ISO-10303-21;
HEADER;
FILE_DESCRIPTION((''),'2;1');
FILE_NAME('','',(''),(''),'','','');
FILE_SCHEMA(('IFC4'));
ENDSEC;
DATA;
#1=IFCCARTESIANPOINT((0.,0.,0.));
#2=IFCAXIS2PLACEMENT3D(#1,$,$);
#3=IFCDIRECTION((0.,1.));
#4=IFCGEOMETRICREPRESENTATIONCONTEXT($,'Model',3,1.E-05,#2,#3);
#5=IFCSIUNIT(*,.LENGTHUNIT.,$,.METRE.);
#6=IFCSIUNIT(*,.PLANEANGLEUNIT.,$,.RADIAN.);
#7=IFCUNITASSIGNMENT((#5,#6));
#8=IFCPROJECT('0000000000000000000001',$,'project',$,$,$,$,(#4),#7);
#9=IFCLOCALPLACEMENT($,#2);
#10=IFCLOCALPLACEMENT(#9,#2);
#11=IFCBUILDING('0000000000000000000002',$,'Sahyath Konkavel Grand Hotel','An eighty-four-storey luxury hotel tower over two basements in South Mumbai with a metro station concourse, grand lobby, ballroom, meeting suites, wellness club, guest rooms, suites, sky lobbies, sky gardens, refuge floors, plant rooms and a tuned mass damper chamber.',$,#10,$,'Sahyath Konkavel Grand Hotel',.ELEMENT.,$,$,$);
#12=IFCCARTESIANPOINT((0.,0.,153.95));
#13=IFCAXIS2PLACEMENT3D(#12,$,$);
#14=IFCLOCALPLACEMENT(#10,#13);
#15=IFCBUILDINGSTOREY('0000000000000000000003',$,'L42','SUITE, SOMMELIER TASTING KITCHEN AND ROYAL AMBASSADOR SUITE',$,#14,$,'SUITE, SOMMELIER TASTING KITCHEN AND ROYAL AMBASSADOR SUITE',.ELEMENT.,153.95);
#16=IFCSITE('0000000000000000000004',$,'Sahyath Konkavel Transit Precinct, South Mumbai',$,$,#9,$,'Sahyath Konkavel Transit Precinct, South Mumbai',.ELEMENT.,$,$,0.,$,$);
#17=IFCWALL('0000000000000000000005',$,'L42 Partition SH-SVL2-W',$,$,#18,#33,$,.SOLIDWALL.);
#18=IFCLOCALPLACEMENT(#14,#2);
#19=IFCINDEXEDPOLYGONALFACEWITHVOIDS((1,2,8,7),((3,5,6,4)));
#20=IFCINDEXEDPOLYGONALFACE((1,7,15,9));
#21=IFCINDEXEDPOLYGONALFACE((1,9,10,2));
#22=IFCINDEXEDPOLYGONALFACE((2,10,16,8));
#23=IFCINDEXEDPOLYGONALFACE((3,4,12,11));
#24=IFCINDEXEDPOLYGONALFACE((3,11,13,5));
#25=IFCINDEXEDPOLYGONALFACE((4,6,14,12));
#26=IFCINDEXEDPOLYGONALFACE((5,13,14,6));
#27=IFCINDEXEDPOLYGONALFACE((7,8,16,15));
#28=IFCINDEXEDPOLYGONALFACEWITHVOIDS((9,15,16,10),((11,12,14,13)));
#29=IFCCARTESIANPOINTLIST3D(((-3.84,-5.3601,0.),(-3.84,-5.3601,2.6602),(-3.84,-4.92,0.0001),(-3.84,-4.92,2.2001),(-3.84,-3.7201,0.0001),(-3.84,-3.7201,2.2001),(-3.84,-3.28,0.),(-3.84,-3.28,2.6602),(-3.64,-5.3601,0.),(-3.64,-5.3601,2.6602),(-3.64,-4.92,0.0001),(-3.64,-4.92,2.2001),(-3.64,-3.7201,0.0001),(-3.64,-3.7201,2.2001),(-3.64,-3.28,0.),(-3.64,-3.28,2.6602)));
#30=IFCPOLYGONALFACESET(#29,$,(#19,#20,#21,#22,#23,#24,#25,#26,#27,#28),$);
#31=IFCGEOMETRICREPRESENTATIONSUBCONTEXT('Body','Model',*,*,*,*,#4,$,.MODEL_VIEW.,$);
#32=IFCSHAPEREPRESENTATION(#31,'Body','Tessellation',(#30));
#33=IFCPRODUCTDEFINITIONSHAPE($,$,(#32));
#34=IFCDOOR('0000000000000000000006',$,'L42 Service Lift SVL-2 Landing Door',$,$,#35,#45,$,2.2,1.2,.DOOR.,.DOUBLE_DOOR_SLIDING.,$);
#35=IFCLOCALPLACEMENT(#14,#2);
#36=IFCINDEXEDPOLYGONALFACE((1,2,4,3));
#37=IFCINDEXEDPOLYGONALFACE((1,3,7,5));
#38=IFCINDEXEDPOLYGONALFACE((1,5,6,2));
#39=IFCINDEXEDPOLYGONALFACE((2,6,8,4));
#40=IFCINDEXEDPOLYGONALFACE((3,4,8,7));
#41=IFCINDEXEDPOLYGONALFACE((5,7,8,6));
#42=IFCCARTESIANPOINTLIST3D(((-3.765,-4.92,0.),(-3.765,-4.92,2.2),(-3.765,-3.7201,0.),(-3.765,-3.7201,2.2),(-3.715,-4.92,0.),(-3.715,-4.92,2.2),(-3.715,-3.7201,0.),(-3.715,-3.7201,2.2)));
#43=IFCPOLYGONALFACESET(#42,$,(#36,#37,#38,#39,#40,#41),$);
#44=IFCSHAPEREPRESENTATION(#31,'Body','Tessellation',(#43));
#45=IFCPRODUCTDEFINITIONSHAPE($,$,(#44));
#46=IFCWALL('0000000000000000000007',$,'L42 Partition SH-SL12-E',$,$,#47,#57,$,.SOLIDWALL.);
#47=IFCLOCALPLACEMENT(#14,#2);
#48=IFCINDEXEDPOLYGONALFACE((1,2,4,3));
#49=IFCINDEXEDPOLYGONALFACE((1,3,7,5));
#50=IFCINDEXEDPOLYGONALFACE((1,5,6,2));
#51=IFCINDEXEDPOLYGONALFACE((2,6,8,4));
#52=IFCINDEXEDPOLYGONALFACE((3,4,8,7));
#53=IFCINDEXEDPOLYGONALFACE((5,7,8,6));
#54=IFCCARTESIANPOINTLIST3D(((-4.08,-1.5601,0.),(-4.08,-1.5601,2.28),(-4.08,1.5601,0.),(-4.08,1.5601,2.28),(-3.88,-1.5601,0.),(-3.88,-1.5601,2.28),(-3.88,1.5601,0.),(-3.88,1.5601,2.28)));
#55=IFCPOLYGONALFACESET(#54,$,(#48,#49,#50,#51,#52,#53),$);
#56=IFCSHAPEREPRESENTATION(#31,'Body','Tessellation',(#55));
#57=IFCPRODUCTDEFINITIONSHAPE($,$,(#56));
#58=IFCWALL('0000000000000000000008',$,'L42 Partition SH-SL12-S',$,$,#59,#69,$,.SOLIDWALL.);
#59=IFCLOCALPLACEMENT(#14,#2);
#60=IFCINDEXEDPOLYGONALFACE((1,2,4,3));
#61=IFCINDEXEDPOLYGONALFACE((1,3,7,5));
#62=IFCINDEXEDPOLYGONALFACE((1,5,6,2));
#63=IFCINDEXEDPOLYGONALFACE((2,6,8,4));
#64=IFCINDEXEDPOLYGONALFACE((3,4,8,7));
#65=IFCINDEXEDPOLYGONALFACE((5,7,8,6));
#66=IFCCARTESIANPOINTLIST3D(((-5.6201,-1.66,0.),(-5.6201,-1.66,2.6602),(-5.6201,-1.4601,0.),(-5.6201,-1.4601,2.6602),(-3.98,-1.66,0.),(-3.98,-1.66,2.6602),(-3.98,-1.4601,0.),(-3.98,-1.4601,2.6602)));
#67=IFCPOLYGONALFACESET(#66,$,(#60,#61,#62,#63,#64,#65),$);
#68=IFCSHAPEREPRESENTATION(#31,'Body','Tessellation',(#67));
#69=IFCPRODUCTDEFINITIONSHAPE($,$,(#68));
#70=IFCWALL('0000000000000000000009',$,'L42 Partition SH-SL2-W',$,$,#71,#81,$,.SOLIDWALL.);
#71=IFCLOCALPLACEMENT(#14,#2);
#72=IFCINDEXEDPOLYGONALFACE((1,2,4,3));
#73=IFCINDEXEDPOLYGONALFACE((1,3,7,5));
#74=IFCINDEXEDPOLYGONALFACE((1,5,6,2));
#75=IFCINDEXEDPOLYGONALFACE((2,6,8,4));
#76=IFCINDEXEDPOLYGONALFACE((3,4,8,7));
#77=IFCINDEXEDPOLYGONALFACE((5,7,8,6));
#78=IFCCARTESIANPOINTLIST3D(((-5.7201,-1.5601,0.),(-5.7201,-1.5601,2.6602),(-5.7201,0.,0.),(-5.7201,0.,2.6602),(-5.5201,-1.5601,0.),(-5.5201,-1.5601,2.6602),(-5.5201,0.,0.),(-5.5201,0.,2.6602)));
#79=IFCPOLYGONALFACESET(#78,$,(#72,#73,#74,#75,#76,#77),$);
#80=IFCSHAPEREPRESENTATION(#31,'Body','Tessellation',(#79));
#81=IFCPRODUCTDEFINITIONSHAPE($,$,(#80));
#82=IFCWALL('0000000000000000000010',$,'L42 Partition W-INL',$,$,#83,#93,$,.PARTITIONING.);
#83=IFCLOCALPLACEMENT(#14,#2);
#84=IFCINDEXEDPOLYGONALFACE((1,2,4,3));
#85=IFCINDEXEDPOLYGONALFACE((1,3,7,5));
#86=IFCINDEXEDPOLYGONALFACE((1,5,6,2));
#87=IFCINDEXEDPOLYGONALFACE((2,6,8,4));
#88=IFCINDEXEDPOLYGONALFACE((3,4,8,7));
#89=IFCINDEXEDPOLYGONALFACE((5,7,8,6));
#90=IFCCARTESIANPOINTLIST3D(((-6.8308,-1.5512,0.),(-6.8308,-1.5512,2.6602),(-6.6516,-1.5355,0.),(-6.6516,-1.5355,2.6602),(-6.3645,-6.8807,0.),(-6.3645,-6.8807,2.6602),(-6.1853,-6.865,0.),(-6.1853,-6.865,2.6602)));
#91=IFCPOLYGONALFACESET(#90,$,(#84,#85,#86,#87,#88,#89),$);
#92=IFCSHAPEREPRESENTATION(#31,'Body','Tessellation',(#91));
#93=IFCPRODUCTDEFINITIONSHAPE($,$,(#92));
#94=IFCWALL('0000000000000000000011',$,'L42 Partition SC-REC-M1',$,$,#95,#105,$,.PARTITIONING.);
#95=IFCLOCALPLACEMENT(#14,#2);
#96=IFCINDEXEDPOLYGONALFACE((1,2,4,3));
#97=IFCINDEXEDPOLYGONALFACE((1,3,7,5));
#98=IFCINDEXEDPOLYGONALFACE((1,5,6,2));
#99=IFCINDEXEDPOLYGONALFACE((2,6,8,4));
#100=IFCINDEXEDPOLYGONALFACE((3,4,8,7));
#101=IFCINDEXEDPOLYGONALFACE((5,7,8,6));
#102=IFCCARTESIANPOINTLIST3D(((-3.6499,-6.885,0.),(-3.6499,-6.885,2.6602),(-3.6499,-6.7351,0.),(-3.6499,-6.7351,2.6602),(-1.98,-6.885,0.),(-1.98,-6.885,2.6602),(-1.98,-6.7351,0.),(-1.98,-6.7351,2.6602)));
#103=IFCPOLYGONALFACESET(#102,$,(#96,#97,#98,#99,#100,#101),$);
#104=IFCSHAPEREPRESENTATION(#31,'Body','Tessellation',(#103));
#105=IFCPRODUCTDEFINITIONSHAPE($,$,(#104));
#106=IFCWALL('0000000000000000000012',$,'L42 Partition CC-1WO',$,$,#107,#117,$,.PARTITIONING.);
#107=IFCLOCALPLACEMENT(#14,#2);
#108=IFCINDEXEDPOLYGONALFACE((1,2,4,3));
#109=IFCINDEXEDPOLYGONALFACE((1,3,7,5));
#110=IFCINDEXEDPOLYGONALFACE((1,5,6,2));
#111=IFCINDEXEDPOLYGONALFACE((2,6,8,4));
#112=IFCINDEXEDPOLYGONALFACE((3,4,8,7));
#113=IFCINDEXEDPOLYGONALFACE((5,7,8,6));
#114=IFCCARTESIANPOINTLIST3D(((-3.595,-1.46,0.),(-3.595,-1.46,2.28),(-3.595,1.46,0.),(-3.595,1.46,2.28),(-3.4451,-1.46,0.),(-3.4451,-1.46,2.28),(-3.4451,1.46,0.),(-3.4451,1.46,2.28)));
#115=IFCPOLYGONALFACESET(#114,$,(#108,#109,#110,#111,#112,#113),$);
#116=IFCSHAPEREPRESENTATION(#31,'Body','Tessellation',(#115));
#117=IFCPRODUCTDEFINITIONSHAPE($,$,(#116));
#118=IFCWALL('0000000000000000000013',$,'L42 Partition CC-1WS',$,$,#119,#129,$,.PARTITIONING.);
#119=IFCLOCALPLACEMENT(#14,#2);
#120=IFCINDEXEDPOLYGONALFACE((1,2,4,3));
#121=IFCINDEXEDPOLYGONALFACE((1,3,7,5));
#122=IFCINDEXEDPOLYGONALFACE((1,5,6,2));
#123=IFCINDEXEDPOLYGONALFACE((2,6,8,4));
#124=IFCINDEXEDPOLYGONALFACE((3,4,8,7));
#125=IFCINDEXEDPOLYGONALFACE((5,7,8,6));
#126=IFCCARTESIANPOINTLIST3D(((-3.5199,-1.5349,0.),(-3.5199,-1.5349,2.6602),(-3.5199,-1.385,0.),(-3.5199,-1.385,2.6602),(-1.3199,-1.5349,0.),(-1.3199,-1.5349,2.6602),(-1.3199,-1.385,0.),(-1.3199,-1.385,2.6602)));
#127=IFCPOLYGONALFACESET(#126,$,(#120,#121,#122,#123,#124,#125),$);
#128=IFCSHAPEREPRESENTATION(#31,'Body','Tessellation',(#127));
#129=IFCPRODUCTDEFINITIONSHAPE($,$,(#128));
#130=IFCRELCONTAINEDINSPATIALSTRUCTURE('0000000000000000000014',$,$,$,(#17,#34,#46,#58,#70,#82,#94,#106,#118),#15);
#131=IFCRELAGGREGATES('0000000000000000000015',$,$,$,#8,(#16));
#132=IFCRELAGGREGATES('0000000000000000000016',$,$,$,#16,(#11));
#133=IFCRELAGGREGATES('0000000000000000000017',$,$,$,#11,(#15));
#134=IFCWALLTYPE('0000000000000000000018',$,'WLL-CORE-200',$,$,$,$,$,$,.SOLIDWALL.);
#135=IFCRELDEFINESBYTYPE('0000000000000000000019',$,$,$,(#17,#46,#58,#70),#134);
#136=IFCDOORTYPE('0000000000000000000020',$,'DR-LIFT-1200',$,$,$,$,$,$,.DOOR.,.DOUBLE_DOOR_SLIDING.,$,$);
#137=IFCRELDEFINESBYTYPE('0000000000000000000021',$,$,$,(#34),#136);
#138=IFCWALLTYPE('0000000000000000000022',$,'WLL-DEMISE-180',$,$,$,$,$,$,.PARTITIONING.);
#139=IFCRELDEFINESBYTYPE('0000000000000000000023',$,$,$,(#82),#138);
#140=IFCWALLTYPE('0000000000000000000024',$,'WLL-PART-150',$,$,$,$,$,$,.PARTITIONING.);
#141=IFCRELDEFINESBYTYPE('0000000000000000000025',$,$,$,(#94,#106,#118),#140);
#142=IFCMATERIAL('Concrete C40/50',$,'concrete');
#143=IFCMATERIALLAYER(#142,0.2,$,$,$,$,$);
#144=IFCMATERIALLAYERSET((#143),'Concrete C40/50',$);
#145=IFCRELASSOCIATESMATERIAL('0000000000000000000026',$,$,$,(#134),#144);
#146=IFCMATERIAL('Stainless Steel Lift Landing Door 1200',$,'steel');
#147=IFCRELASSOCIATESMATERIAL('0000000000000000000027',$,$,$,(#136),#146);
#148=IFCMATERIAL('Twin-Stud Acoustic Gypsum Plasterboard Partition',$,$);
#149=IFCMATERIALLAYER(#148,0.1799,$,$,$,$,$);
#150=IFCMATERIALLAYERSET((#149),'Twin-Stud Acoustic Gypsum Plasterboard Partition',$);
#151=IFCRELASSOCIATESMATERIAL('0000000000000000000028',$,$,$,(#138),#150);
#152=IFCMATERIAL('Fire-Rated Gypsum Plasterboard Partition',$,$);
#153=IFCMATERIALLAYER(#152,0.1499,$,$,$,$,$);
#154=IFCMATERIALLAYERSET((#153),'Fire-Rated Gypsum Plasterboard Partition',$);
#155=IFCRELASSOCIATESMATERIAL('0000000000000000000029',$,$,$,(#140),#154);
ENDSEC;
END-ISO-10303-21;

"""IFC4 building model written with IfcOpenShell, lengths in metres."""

from ifc_helpers import new_model, si_unit, direction, frame, frame_2d, origin, origin_2d, place, context, subcontext, project, spatial, rectangle, extrude, source, transform, mapped, material, layer, layer_set, type_object, element, fill, save


model = new_model("IFC4")

# Units and contexts
model_context = context("Model", 3, precision=1e-05, world=origin(), true_north=direction((0.0, 1.0)))
body_context = subcontext(model_context, "Body", "Model", "MODEL_VIEW")
ifc_project = project(units=[si_unit("LENGTHUNIT", "METRE"), si_unit("PLANEANGLEUNIT", "RADIAN")], contexts=[model_context])

# Site, building, storey
site_placement = place(None, origin())
site = spatial("IfcSite", under=ifc_project, at=site_placement, Name="Sahyath Konkavel Transit Precinct, South Mumbai", LongName="Sahyath Konkavel Transit Precinct, South Mumbai", CompositionType="ELEMENT", RefElevation=0.0)
building_placement = place(site_placement, origin())
building = spatial("IfcBuilding", under=site, at=building_placement, Name="Sahyath Konkavel Grand Hotel", Description="An eighty-four-storey luxury hotel tower over two basements in South Mumbai with a metro station concourse, grand lobby, ballroom, meeting suites, wellness club, guest rooms, suites, sky lobbies, sky gardens, refuge floors, plant rooms and a tuned mass damper chamber.", LongName="Sahyath Konkavel Grand Hotel", CompositionType="ELEMENT")
storey_placement = place(building_placement, frame((0.0, 0.0, 153.95)))
storey = spatial("IfcBuildingStorey", under=building, at=storey_placement, Name="L42", Description="SUITE, SOMMELIER TASTING KITCHEN AND ROYAL AMBASSADOR SUITE", LongName="SUITE, SOMMELIER TASTING KITCHEN AND ROYAL AMBASSADOR SUITE", CompositionType="ELEMENT", Elevation=153.95)

# Shared definitions
ifc_material_1 = material(Name="Concrete C40/50", Category="concrete")
ifc_layer_1 = layer(ifc_material_1, 0.2)
ifc_layer_set_1 = layer_set([ifc_layer_1], Name="Concrete C40/50")
wall_type_1 = type_object("IfcWallType", Name="WLL-CORE-200", PredefinedType="SOLIDWALL", material=ifc_layer_set_1)

# Wall, opening, door
wall_1_placement = place(storey_placement, frame((-3.74, -5.3601, 0.0), z_axis=(0.0, 0.0, 1.0), x_axis=(0.0, 1.0, 0.0)))
wall_1 = element("IfcWall", 1, at=wall_1_placement, inside=storey, type_object=wall_type_1, Name="L42 Partition SH-SVL2-W", PredefinedType="SOLIDWALL", context=body_context, shape_type="SweptSolid", body=[
    extrude(rectangle(XDim=2.0801, YDim=0.2, at=frame_2d((1.04, 0.0))), origin(), (0.0, 0.0, 1.0), 2.6602),
])
opening_1_placement = place(wall_1_placement, frame((0.4399, 0.0, 0.0)))
opening_1 = element("IfcOpeningElement", 2, at=opening_1_placement, cuts=wall_1, PredefinedType="OPENING", context=body_context, shape_type="SweptSolid", body=[
    extrude(rectangle(XDim=1.2, YDim=2.2, at=frame_2d((0.6001, 1.1001))), frame((0.0, 0.1099, 0.0), z_axis=(0.0, -1.0, 0.0), x_axis=(1.0, 0.0, 0.0)), (0.0, 0.0, 1.0), 0.22),
])
ifc_material_2 = material(Name="Stainless Steel Lift Landing Door 1200", Category="steel")
door_type_1 = type_object("IfcDoorType", Name="DR-LIFT-1200", OperationType="DOUBLE_DOOR_SLIDING", PredefinedType="DOOR", material=ifc_material_2)
shared_shape_1 = source(origin(), body_context, "Body", "SweptSolid", [
    extrude(rectangle(XDim=1.2, YDim=0.05, at=origin_2d()), origin(), (0.0, 0.0, 1.0), 2.2),
])
door_1_placement = place(opening_1_placement, frame((0.6001, 0.0, 0.0)))
door_1 = element("IfcDoor", 3, at=door_1_placement, inside=storey, type_object=door_type_1, Name="L42 Service Lift SVL-2 Landing Door", OperationType="DOUBLE_DOOR_SLIDING", OverallHeight=2.2, OverallWidth=1.2, PredefinedType="DOOR", context=body_context, shape_type="MappedRepresentation", body=[
    mapped(shared_shape_1, transform((0.0, 0.0, 0.0), scale=1.0)),
])
fill(opening_1, door_1)

# Walls
wall_2_placement = place(storey_placement, frame((-3.98, -1.5601, 0.0), z_axis=(0.0, 0.0, 1.0), x_axis=(0.0, 1.0, 0.0)))
element("IfcWall", 4, at=wall_2_placement, inside=storey, type_object=wall_type_1, Name="L42 Partition SH-SL12-E", PredefinedType="SOLIDWALL", context=body_context, shape_type="SweptSolid", body=[
    extrude(rectangle(XDim=3.1201, YDim=0.2, at=frame_2d((1.5601, 0.0))), origin(), (0.0, 0.0, 1.0), 2.28),
])
wall_3_placement = place(storey_placement, frame((-5.6201, -1.5601, 0.0), z_axis=(0.0, 0.0, 1.0), x_axis=(1.0, 0.0, 0.0)))
element("IfcWall", 5, at=wall_3_placement, inside=storey, type_object=wall_type_1, Name="L42 Partition SH-SL12-S", PredefinedType="SOLIDWALL", context=body_context, shape_type="SweptSolid", body=[
    extrude(rectangle(XDim=1.6401, YDim=0.2, at=frame_2d((0.8201, 0.0))), origin(), (0.0, 0.0, 1.0), 2.6602),
])
wall_4_placement = place(storey_placement, frame((-5.6201, -1.5601, 0.0), z_axis=(0.0, 0.0, 1.0), x_axis=(0.0, 1.0, 0.0)))
element("IfcWall", 6, at=wall_4_placement, inside=storey, type_object=wall_type_1, Name="L42 Partition SH-SL2-W", PredefinedType="SOLIDWALL", context=body_context, shape_type="SweptSolid", body=[
    extrude(rectangle(XDim=1.5601, YDim=0.2, at=frame_2d((0.78, 0.0))), origin(), (0.0, 0.0, 1.0), 2.6602),
])
ifc_material_3 = material(Name="Twin-Stud Acoustic Gypsum Plasterboard Partition")
ifc_layer_2 = layer(ifc_material_3, 0.1799)
ifc_layer_set_2 = layer_set([ifc_layer_2], Name="Twin-Stud Acoustic Gypsum Plasterboard Partition")
wall_type_2 = type_object("IfcWallType", Name="WLL-DEMISE-180", PredefinedType="PARTITIONING", material=ifc_layer_set_2)
wall_5_placement = place(storey_placement, frame((-6.7412, -1.5435, 0.0), z_axis=(0.0, 0.0, 1.0), x_axis=(0.087161, -0.996194, 0.0)))
element("IfcWall", 7, at=wall_5_placement, inside=storey, type_object=wall_type_2, Name="L42 Partition W-INL", PredefinedType="PARTITIONING", context=body_context, shape_type="SweptSolid", body=[
    extrude(rectangle(XDim=5.3499, YDim=0.1799, at=frame_2d((2.6748, 0.0))), origin(), (0.0, 0.0, 1.0), 2.6602),
])
ifc_material_4 = material(Name="Fire-Rated Gypsum Plasterboard Partition")
ifc_layer_3 = layer(ifc_material_4, 0.1499)
ifc_layer_set_3 = layer_set([ifc_layer_3], Name="Fire-Rated Gypsum Plasterboard Partition")
wall_type_3 = type_object("IfcWallType", Name="WLL-PART-150", PredefinedType="PARTITIONING", material=ifc_layer_set_3)
wall_6_placement = place(storey_placement, frame((-3.6499, -6.8101, 0.0), z_axis=(0.0, 0.0, 1.0), x_axis=(1.0, 0.0, 0.0)))
element("IfcWall", 8, at=wall_6_placement, inside=storey, type_object=wall_type_3, Name="L42 Partition SC-REC-M1", PredefinedType="PARTITIONING", context=body_context, shape_type="SweptSolid", body=[
    extrude(rectangle(XDim=1.6699, YDim=0.1499, at=frame_2d((0.835, 0.0))), origin(), (0.0, 0.0, 1.0), 2.6602),
])
wall_7_placement = place(storey_placement, frame((-3.52, -1.46, 0.0), z_axis=(0.0, 0.0, 1.0), x_axis=(0.0, 1.0, 0.0)))
element("IfcWall", 9, at=wall_7_placement, inside=storey, type_object=wall_type_3, Name="L42 Partition CC-1WO", PredefinedType="PARTITIONING", context=body_context, shape_type="SweptSolid", body=[
    extrude(rectangle(XDim=2.9199, YDim=0.1499, at=frame_2d((1.46, 0.0))), origin(), (0.0, 0.0, 1.0), 2.28),
])
wall_8_placement = place(storey_placement, frame((-3.52, -1.46, 0.0), z_axis=(0.0, 0.0, 1.0), x_axis=(1.0, 0.0, 0.0)))
element("IfcWall", 10, at=wall_8_placement, inside=storey, type_object=wall_type_3, Name="L42 Partition CC-1WS", PredefinedType="PARTITIONING", context=body_context, shape_type="SweptSolid", body=[
    extrude(rectangle(XDim=2.2, YDim=0.1499, at=frame_2d((1.1001, 0.0))), origin(), (0.0, 0.0, 1.0), 2.6602),
])

save(model, "model.ifc")
